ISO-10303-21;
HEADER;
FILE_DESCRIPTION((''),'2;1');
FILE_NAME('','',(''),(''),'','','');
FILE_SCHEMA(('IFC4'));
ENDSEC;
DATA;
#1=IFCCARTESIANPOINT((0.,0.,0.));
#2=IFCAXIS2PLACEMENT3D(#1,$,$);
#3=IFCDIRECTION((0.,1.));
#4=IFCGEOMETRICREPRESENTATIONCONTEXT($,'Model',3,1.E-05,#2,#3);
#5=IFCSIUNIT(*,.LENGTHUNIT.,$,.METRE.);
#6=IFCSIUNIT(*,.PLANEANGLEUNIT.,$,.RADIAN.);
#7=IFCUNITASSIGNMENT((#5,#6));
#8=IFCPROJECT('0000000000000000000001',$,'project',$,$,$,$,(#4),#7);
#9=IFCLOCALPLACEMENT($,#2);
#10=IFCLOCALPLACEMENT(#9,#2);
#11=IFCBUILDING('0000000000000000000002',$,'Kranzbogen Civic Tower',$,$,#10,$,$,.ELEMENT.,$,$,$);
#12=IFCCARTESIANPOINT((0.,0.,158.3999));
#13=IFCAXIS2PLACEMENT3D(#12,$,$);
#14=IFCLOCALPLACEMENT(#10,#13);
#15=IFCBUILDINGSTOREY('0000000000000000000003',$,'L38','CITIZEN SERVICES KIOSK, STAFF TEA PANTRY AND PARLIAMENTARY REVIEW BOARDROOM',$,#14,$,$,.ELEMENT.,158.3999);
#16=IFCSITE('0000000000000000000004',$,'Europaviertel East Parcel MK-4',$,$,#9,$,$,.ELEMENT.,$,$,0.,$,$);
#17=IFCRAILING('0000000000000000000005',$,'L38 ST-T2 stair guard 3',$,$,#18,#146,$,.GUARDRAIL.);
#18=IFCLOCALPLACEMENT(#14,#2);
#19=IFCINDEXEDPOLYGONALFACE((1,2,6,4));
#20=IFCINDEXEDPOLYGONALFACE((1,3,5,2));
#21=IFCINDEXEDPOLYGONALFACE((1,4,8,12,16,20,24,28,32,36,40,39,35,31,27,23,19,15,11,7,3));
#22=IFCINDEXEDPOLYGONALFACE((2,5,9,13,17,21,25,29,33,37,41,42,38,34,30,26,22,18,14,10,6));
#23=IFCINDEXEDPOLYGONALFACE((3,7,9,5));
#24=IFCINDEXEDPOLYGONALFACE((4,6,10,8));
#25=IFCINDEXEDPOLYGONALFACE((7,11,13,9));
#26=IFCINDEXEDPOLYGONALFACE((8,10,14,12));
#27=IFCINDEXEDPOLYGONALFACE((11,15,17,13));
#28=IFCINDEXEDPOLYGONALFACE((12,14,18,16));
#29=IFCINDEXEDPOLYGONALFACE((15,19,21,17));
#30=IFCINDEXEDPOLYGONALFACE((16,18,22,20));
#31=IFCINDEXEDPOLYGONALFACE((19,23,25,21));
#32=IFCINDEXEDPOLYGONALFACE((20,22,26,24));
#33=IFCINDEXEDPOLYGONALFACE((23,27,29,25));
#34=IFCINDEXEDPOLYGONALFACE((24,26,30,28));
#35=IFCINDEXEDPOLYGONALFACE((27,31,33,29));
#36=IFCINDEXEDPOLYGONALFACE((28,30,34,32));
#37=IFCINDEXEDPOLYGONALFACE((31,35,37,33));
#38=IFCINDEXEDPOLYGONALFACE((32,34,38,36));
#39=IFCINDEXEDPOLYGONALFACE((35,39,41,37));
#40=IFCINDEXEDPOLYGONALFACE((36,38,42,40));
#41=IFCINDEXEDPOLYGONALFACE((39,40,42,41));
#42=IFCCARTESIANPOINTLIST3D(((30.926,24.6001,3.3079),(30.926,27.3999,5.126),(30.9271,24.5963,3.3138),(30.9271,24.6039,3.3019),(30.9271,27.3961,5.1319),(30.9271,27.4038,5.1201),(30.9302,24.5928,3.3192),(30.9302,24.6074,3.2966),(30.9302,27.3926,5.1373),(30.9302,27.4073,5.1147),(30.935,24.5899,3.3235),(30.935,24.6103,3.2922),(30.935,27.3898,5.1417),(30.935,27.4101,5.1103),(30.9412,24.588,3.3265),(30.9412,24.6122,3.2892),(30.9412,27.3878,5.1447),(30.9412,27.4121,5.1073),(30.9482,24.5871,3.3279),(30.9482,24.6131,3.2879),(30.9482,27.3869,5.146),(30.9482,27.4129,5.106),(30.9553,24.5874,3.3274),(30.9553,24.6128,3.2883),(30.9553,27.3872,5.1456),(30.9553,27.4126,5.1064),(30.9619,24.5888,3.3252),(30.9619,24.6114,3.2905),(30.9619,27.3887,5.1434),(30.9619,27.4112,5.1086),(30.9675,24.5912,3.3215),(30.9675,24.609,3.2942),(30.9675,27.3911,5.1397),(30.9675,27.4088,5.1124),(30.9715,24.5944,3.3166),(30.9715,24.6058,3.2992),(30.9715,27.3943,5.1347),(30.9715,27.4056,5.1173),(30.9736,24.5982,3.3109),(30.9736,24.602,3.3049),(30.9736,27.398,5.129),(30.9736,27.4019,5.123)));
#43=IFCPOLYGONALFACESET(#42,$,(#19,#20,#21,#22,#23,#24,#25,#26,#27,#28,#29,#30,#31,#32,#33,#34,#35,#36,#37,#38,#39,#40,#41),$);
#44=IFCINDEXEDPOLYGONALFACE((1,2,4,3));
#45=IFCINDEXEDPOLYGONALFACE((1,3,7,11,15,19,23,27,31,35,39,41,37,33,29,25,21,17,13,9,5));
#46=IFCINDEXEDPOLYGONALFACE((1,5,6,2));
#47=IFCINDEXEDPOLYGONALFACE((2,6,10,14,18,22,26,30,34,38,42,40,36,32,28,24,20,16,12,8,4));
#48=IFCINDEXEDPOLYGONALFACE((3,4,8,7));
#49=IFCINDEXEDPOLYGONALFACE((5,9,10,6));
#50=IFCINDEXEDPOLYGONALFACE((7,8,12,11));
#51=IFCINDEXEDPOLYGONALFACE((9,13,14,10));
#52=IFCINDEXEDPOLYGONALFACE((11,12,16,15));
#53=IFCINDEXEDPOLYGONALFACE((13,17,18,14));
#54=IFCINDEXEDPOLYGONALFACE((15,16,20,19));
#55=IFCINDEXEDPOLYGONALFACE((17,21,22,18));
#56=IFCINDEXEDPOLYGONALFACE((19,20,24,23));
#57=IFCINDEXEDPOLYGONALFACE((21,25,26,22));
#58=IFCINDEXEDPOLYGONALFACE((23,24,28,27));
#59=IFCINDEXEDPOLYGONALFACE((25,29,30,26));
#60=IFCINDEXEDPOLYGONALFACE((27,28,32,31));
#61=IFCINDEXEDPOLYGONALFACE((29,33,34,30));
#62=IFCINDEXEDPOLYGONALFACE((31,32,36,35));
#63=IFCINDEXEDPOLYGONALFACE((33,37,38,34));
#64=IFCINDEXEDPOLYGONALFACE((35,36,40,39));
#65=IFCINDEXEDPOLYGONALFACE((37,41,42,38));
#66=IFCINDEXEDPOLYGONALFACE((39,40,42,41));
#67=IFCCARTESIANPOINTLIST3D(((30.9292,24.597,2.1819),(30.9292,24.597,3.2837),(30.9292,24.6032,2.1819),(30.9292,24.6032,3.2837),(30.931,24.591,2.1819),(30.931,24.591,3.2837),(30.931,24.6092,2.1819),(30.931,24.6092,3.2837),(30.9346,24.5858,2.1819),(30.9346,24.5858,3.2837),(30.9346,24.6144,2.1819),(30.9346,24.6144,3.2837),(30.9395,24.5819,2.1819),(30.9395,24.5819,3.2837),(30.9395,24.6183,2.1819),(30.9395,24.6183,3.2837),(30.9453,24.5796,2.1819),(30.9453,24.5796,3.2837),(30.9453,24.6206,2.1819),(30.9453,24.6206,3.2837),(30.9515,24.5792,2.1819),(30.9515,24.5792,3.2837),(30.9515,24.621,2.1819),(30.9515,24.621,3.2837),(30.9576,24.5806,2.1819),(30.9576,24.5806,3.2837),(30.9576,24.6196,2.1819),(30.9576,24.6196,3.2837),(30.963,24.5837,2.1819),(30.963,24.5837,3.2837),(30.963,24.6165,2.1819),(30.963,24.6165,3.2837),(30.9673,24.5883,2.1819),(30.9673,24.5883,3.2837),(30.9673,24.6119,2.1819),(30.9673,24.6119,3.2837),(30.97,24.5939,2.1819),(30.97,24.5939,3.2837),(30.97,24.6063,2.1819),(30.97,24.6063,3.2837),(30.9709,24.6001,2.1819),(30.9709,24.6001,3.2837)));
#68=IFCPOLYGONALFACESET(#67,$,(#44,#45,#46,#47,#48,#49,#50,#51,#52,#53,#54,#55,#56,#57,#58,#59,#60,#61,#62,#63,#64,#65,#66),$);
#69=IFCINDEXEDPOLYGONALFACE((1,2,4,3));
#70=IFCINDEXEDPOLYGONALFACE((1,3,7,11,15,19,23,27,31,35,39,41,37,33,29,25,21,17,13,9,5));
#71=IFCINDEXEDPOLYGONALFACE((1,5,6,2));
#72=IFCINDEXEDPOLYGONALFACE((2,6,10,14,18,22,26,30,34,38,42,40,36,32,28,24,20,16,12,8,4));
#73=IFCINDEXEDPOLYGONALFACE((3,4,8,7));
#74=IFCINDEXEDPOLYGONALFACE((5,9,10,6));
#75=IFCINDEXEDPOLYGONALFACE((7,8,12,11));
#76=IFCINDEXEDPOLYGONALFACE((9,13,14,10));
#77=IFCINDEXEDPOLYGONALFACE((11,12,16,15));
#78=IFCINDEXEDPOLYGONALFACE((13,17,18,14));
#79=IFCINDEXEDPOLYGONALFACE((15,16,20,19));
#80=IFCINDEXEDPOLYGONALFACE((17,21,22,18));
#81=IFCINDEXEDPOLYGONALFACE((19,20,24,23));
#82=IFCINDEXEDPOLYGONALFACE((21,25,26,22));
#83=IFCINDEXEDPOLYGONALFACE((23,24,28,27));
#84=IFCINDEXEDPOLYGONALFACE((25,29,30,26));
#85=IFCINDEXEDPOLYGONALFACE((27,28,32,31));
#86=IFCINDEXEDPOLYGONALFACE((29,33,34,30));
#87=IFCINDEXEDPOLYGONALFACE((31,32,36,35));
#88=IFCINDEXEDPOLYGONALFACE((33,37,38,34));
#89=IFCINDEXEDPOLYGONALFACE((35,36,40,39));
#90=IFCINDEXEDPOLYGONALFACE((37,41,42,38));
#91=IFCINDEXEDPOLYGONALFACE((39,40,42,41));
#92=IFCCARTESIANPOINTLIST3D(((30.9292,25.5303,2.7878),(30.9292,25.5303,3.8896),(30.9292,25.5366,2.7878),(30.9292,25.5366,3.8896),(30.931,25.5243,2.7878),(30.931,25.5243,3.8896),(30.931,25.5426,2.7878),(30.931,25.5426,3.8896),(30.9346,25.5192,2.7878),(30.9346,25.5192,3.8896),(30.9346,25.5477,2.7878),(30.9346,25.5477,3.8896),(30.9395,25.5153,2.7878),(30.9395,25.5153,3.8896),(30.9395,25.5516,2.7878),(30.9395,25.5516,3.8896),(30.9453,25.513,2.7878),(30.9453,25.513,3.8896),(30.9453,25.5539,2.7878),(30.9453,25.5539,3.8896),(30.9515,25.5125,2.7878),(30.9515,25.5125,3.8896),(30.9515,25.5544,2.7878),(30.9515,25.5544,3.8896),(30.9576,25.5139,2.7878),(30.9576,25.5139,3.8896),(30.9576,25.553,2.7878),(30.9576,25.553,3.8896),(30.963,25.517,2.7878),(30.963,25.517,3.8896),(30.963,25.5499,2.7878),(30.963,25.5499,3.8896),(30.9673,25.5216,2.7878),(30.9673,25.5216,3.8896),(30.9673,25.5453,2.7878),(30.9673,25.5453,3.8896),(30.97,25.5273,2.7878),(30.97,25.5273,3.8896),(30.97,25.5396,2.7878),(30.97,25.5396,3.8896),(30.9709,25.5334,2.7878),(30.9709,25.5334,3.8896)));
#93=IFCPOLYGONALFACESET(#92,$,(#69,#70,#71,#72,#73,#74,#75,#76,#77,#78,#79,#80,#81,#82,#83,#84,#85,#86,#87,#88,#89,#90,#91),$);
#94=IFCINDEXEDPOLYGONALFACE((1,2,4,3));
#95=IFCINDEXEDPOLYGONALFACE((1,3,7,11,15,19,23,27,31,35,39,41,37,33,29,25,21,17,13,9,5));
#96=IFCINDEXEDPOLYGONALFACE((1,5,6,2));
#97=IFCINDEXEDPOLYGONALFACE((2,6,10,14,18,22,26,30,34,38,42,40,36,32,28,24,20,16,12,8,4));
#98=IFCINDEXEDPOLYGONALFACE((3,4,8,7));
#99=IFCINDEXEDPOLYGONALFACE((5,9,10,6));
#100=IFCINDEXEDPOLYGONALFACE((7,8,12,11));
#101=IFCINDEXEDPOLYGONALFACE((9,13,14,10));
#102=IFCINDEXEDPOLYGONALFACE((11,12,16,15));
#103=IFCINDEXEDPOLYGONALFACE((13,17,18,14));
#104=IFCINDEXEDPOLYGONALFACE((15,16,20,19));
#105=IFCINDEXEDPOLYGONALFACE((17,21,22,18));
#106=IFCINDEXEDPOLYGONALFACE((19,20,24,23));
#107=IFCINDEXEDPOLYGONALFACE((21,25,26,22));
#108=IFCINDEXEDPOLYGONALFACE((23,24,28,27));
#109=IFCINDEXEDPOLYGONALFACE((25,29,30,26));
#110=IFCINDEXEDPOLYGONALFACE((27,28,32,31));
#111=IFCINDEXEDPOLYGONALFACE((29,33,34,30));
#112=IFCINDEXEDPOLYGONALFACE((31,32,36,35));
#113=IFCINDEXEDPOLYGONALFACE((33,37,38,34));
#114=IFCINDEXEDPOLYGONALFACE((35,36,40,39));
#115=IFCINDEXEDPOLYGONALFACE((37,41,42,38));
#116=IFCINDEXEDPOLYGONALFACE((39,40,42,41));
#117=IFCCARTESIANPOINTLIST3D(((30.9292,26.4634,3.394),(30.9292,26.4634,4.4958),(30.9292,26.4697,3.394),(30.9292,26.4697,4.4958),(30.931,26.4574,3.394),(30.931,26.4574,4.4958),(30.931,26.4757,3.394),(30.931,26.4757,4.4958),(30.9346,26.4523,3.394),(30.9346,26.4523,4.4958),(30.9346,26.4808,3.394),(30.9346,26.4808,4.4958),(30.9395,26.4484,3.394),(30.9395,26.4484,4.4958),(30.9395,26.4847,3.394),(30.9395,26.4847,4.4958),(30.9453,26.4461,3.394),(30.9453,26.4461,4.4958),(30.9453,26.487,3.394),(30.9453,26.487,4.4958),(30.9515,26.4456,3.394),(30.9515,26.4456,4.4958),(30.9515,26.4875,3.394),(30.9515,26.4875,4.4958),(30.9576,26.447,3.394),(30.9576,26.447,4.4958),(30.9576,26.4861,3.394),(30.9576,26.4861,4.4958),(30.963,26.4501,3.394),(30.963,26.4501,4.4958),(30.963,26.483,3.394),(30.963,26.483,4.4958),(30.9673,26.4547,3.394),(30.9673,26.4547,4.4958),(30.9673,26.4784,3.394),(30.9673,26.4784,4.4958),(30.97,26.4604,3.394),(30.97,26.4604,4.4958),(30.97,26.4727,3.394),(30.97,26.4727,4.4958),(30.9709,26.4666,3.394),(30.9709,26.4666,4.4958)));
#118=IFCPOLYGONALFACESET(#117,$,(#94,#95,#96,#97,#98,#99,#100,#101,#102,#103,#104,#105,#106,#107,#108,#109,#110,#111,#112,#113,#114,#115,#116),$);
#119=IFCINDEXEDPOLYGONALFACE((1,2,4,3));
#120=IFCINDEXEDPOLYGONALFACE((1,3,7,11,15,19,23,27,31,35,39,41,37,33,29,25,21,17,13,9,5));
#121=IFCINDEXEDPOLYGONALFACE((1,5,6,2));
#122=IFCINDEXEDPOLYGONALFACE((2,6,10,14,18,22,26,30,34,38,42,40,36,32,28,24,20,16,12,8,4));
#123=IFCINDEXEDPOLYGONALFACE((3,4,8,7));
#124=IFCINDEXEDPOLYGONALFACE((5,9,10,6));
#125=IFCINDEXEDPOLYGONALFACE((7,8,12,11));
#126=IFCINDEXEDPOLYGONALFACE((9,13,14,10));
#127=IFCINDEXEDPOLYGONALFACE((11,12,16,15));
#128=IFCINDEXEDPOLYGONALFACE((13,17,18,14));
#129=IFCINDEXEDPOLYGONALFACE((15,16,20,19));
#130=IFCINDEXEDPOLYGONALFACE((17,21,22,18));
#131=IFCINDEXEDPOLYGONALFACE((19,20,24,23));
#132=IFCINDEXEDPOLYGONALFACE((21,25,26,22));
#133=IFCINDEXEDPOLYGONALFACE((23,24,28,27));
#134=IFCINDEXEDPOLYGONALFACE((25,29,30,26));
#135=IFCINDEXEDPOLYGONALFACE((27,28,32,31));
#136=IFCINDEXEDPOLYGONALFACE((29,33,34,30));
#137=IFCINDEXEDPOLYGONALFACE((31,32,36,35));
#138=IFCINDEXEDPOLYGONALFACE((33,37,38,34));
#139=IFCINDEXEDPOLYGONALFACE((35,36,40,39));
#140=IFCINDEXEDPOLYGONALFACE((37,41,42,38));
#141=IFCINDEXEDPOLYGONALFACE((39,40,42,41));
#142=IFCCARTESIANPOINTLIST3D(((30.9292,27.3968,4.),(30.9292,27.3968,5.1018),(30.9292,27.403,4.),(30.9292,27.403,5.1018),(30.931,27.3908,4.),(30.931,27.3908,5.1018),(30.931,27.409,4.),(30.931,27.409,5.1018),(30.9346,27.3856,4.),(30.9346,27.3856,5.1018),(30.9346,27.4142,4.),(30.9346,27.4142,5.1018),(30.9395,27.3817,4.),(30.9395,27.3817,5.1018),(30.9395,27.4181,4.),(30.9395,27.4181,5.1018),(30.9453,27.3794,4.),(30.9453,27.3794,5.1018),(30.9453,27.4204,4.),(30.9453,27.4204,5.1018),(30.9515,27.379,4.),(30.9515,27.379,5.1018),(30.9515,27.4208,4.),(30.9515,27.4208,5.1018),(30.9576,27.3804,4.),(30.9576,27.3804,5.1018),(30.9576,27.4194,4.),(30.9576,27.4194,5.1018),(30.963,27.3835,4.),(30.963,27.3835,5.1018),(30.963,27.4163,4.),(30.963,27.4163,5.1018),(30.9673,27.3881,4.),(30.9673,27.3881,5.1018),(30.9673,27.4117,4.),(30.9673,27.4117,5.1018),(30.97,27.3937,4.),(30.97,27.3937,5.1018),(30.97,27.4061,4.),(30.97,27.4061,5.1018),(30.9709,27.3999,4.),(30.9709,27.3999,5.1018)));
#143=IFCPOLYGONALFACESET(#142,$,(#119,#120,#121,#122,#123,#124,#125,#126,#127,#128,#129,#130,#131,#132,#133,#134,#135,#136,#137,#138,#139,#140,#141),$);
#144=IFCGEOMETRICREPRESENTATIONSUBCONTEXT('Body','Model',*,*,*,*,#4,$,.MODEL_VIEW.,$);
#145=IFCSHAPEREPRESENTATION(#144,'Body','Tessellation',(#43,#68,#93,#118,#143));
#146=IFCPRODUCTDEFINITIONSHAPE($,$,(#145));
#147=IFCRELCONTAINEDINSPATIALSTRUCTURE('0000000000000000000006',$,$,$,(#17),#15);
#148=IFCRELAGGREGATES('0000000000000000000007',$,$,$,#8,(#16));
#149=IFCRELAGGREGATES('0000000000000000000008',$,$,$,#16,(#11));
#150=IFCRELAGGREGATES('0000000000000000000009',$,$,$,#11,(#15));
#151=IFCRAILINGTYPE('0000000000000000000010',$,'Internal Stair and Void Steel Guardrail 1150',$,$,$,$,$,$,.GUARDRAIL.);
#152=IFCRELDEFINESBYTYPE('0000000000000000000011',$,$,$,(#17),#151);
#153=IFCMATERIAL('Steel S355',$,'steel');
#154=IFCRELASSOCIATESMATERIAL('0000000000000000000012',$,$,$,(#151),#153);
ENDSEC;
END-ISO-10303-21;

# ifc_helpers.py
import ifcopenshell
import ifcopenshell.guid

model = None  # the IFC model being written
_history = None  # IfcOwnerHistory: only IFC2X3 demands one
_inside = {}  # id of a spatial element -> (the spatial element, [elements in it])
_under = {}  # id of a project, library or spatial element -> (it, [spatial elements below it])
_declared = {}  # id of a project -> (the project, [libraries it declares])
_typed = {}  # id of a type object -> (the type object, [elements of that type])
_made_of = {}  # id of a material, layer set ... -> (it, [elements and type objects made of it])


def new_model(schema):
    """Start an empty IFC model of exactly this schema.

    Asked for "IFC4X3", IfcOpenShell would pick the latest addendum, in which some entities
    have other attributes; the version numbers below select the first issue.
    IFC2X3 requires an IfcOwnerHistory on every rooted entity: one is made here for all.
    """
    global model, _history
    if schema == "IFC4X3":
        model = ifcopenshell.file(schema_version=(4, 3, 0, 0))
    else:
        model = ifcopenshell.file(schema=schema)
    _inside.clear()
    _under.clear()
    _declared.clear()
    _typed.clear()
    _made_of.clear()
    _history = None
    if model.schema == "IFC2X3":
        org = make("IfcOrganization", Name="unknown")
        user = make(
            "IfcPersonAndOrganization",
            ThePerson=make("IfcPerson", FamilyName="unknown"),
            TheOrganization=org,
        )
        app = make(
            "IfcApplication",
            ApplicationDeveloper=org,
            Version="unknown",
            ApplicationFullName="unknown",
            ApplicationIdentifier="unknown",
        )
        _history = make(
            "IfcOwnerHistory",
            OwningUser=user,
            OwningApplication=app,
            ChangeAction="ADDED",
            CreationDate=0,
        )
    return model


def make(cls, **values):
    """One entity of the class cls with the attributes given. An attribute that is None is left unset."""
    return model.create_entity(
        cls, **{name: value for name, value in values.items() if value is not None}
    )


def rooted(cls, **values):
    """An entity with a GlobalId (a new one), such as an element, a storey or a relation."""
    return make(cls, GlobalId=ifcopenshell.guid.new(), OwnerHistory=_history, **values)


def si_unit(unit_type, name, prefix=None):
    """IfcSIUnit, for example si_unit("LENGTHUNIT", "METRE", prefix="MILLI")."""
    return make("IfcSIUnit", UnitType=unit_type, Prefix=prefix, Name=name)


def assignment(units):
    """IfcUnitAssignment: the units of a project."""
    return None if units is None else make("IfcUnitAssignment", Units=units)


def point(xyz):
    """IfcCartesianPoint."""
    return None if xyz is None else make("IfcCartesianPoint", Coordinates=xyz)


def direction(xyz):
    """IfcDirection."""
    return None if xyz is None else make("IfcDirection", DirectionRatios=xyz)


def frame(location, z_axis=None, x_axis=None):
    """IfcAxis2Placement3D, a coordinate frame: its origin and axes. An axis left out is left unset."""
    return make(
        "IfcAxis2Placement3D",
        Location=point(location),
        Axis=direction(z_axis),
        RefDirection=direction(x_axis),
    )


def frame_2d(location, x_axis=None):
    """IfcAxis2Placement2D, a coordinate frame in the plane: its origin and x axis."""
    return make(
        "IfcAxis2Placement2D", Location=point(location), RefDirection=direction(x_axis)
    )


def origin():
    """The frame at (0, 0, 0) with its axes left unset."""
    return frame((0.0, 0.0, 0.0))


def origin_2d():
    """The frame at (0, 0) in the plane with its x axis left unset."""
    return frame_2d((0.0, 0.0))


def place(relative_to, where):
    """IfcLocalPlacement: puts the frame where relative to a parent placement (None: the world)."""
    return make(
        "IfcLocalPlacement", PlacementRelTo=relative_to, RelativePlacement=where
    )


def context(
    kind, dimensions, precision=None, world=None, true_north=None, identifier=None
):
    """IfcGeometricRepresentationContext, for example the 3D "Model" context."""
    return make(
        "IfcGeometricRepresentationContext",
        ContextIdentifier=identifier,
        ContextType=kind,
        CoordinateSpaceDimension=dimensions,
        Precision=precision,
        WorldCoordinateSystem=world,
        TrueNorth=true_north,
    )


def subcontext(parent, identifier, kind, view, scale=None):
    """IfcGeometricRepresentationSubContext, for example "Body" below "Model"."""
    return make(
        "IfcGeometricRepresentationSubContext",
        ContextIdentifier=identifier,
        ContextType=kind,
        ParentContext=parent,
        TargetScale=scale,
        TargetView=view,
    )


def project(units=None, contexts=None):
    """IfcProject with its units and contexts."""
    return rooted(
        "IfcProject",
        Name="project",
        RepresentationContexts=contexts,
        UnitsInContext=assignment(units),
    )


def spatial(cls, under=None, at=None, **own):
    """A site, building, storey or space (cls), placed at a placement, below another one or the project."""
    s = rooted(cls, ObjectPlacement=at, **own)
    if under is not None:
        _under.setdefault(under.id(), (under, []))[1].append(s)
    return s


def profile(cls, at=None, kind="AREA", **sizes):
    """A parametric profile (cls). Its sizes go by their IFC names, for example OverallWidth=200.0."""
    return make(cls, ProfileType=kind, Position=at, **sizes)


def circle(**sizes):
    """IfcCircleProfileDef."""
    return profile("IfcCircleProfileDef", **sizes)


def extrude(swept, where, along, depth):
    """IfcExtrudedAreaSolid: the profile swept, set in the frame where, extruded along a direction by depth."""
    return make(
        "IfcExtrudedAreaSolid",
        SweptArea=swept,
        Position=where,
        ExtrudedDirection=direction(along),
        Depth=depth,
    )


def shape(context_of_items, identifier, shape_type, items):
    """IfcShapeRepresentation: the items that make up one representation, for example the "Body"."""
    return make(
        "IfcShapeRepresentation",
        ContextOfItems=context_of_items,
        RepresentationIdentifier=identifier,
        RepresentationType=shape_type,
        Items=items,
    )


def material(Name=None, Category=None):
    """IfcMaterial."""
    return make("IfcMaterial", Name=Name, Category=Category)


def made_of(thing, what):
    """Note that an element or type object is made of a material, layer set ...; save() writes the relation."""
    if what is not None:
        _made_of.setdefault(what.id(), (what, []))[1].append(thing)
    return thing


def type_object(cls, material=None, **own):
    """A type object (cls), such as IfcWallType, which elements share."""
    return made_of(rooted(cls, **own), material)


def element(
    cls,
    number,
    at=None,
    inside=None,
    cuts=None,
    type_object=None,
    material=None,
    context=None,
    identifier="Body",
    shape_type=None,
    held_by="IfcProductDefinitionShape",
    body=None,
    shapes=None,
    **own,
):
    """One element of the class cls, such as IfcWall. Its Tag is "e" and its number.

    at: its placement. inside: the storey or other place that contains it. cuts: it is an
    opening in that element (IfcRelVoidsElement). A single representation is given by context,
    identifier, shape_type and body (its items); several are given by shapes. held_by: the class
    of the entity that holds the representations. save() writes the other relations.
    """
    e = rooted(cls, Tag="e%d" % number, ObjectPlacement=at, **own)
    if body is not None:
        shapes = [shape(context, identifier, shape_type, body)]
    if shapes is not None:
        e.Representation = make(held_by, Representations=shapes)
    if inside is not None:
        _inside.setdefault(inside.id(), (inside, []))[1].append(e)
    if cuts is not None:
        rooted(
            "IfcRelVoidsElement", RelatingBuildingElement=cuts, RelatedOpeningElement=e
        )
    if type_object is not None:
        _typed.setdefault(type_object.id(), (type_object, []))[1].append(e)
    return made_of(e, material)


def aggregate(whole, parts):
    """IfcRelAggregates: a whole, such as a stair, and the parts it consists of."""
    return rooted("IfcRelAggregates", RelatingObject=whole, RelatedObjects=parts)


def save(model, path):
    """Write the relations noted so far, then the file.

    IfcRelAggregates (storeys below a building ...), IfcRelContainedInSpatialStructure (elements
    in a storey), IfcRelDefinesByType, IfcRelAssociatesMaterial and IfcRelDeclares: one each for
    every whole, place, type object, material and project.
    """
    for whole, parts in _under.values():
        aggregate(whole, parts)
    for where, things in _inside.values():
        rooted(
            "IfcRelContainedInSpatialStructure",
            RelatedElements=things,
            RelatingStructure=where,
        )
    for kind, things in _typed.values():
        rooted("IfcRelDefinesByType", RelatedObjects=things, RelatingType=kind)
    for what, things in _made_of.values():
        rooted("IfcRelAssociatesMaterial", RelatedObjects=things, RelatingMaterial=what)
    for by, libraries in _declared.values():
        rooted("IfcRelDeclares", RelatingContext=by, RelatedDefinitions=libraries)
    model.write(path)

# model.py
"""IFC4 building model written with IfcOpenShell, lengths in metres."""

from ifc_helpers import new_model, si_unit, direction, frame, origin, origin_2d, place, context, subcontext, project, spatial, circle, extrude, material, type_object, element, save


model = new_model("IFC4")

# Units and contexts
model_context = context("Model", 3, precision=1e-05, world=origin(), true_north=direction((0.0, 1.0)))
body_context = subcontext(model_context, "Body", "Model", "MODEL_VIEW")
ifc_project = project(units=[si_unit("LENGTHUNIT", "METRE"), si_unit("PLANEANGLEUNIT", "RADIAN")], contexts=[model_context])

# Site, building, storey
site_placement = place(None, origin())
site = spatial("IfcSite", under=ifc_project, at=site_placement, Name="Europaviertel East Parcel MK-4", CompositionType="ELEMENT", RefElevation=0.0)
building_placement = place(site_placement, origin())
building = spatial("IfcBuilding", under=site, at=building_placement, Name="Kranzbogen Civic Tower", CompositionType="ELEMENT")
storey_placement = place(building_placement, frame((0.0, 0.0, 158.3999)))
storey = spatial("IfcBuildingStorey", under=building, at=storey_placement, Name="L38", Description="CITIZEN SERVICES KIOSK, STAFF TEA PANTRY AND PARLIAMENTARY REVIEW BOARDROOM", CompositionType="ELEMENT", Elevation=158.3999)

# Shared definitions
ifc_material_1 = material(Name="Steel S355", Category="steel")

# Railing
railing_type_1 = type_object("IfcRailingType", Name="Internal Stair and Void Steel Guardrail 1150", PredefinedType="GUARDRAIL", material=ifc_material_1)
railing_1_placement = place(storey_placement, frame((30.95, 24.6001, 2.1819)))
element("IfcRailing", 1, at=railing_1_placement, inside=storey, type_object=railing_type_1, Name="L38 ST-T2 stair guard 3", PredefinedType="GUARDRAIL", context=body_context, shape_type="SweptSolid", body=[
    extrude(circle(Radius=0.0239, at=origin_2d()), frame((0.0, 0.0, 1.126), z_axis=(0.0, 0.838684, 0.544618), x_axis=(-1.0, 0.0, 0.0)), (0.0, 0.0, 1.0), 3.3384),
    extrude(circle(Radius=0.021, at=origin_2d()), origin(), (0.0, 0.0, 1.0), 1.1018),
    extrude(circle(Radius=0.021, at=origin_2d()), frame((0.0, 0.9333, 0.606)), (0.0, 0.0, 1.0), 1.1018),
    extrude(circle(Radius=0.021, at=origin_2d()), frame((0.0, 1.8665, 1.2122)), (0.0, 0.0, 1.0), 1.1018),
    extrude(circle(Radius=0.021, at=origin_2d()), frame((0.0, 2.7998, 1.8181)), (0.0, 0.0, 1.0), 1.1018),
])

save(model, "model.ifc")
